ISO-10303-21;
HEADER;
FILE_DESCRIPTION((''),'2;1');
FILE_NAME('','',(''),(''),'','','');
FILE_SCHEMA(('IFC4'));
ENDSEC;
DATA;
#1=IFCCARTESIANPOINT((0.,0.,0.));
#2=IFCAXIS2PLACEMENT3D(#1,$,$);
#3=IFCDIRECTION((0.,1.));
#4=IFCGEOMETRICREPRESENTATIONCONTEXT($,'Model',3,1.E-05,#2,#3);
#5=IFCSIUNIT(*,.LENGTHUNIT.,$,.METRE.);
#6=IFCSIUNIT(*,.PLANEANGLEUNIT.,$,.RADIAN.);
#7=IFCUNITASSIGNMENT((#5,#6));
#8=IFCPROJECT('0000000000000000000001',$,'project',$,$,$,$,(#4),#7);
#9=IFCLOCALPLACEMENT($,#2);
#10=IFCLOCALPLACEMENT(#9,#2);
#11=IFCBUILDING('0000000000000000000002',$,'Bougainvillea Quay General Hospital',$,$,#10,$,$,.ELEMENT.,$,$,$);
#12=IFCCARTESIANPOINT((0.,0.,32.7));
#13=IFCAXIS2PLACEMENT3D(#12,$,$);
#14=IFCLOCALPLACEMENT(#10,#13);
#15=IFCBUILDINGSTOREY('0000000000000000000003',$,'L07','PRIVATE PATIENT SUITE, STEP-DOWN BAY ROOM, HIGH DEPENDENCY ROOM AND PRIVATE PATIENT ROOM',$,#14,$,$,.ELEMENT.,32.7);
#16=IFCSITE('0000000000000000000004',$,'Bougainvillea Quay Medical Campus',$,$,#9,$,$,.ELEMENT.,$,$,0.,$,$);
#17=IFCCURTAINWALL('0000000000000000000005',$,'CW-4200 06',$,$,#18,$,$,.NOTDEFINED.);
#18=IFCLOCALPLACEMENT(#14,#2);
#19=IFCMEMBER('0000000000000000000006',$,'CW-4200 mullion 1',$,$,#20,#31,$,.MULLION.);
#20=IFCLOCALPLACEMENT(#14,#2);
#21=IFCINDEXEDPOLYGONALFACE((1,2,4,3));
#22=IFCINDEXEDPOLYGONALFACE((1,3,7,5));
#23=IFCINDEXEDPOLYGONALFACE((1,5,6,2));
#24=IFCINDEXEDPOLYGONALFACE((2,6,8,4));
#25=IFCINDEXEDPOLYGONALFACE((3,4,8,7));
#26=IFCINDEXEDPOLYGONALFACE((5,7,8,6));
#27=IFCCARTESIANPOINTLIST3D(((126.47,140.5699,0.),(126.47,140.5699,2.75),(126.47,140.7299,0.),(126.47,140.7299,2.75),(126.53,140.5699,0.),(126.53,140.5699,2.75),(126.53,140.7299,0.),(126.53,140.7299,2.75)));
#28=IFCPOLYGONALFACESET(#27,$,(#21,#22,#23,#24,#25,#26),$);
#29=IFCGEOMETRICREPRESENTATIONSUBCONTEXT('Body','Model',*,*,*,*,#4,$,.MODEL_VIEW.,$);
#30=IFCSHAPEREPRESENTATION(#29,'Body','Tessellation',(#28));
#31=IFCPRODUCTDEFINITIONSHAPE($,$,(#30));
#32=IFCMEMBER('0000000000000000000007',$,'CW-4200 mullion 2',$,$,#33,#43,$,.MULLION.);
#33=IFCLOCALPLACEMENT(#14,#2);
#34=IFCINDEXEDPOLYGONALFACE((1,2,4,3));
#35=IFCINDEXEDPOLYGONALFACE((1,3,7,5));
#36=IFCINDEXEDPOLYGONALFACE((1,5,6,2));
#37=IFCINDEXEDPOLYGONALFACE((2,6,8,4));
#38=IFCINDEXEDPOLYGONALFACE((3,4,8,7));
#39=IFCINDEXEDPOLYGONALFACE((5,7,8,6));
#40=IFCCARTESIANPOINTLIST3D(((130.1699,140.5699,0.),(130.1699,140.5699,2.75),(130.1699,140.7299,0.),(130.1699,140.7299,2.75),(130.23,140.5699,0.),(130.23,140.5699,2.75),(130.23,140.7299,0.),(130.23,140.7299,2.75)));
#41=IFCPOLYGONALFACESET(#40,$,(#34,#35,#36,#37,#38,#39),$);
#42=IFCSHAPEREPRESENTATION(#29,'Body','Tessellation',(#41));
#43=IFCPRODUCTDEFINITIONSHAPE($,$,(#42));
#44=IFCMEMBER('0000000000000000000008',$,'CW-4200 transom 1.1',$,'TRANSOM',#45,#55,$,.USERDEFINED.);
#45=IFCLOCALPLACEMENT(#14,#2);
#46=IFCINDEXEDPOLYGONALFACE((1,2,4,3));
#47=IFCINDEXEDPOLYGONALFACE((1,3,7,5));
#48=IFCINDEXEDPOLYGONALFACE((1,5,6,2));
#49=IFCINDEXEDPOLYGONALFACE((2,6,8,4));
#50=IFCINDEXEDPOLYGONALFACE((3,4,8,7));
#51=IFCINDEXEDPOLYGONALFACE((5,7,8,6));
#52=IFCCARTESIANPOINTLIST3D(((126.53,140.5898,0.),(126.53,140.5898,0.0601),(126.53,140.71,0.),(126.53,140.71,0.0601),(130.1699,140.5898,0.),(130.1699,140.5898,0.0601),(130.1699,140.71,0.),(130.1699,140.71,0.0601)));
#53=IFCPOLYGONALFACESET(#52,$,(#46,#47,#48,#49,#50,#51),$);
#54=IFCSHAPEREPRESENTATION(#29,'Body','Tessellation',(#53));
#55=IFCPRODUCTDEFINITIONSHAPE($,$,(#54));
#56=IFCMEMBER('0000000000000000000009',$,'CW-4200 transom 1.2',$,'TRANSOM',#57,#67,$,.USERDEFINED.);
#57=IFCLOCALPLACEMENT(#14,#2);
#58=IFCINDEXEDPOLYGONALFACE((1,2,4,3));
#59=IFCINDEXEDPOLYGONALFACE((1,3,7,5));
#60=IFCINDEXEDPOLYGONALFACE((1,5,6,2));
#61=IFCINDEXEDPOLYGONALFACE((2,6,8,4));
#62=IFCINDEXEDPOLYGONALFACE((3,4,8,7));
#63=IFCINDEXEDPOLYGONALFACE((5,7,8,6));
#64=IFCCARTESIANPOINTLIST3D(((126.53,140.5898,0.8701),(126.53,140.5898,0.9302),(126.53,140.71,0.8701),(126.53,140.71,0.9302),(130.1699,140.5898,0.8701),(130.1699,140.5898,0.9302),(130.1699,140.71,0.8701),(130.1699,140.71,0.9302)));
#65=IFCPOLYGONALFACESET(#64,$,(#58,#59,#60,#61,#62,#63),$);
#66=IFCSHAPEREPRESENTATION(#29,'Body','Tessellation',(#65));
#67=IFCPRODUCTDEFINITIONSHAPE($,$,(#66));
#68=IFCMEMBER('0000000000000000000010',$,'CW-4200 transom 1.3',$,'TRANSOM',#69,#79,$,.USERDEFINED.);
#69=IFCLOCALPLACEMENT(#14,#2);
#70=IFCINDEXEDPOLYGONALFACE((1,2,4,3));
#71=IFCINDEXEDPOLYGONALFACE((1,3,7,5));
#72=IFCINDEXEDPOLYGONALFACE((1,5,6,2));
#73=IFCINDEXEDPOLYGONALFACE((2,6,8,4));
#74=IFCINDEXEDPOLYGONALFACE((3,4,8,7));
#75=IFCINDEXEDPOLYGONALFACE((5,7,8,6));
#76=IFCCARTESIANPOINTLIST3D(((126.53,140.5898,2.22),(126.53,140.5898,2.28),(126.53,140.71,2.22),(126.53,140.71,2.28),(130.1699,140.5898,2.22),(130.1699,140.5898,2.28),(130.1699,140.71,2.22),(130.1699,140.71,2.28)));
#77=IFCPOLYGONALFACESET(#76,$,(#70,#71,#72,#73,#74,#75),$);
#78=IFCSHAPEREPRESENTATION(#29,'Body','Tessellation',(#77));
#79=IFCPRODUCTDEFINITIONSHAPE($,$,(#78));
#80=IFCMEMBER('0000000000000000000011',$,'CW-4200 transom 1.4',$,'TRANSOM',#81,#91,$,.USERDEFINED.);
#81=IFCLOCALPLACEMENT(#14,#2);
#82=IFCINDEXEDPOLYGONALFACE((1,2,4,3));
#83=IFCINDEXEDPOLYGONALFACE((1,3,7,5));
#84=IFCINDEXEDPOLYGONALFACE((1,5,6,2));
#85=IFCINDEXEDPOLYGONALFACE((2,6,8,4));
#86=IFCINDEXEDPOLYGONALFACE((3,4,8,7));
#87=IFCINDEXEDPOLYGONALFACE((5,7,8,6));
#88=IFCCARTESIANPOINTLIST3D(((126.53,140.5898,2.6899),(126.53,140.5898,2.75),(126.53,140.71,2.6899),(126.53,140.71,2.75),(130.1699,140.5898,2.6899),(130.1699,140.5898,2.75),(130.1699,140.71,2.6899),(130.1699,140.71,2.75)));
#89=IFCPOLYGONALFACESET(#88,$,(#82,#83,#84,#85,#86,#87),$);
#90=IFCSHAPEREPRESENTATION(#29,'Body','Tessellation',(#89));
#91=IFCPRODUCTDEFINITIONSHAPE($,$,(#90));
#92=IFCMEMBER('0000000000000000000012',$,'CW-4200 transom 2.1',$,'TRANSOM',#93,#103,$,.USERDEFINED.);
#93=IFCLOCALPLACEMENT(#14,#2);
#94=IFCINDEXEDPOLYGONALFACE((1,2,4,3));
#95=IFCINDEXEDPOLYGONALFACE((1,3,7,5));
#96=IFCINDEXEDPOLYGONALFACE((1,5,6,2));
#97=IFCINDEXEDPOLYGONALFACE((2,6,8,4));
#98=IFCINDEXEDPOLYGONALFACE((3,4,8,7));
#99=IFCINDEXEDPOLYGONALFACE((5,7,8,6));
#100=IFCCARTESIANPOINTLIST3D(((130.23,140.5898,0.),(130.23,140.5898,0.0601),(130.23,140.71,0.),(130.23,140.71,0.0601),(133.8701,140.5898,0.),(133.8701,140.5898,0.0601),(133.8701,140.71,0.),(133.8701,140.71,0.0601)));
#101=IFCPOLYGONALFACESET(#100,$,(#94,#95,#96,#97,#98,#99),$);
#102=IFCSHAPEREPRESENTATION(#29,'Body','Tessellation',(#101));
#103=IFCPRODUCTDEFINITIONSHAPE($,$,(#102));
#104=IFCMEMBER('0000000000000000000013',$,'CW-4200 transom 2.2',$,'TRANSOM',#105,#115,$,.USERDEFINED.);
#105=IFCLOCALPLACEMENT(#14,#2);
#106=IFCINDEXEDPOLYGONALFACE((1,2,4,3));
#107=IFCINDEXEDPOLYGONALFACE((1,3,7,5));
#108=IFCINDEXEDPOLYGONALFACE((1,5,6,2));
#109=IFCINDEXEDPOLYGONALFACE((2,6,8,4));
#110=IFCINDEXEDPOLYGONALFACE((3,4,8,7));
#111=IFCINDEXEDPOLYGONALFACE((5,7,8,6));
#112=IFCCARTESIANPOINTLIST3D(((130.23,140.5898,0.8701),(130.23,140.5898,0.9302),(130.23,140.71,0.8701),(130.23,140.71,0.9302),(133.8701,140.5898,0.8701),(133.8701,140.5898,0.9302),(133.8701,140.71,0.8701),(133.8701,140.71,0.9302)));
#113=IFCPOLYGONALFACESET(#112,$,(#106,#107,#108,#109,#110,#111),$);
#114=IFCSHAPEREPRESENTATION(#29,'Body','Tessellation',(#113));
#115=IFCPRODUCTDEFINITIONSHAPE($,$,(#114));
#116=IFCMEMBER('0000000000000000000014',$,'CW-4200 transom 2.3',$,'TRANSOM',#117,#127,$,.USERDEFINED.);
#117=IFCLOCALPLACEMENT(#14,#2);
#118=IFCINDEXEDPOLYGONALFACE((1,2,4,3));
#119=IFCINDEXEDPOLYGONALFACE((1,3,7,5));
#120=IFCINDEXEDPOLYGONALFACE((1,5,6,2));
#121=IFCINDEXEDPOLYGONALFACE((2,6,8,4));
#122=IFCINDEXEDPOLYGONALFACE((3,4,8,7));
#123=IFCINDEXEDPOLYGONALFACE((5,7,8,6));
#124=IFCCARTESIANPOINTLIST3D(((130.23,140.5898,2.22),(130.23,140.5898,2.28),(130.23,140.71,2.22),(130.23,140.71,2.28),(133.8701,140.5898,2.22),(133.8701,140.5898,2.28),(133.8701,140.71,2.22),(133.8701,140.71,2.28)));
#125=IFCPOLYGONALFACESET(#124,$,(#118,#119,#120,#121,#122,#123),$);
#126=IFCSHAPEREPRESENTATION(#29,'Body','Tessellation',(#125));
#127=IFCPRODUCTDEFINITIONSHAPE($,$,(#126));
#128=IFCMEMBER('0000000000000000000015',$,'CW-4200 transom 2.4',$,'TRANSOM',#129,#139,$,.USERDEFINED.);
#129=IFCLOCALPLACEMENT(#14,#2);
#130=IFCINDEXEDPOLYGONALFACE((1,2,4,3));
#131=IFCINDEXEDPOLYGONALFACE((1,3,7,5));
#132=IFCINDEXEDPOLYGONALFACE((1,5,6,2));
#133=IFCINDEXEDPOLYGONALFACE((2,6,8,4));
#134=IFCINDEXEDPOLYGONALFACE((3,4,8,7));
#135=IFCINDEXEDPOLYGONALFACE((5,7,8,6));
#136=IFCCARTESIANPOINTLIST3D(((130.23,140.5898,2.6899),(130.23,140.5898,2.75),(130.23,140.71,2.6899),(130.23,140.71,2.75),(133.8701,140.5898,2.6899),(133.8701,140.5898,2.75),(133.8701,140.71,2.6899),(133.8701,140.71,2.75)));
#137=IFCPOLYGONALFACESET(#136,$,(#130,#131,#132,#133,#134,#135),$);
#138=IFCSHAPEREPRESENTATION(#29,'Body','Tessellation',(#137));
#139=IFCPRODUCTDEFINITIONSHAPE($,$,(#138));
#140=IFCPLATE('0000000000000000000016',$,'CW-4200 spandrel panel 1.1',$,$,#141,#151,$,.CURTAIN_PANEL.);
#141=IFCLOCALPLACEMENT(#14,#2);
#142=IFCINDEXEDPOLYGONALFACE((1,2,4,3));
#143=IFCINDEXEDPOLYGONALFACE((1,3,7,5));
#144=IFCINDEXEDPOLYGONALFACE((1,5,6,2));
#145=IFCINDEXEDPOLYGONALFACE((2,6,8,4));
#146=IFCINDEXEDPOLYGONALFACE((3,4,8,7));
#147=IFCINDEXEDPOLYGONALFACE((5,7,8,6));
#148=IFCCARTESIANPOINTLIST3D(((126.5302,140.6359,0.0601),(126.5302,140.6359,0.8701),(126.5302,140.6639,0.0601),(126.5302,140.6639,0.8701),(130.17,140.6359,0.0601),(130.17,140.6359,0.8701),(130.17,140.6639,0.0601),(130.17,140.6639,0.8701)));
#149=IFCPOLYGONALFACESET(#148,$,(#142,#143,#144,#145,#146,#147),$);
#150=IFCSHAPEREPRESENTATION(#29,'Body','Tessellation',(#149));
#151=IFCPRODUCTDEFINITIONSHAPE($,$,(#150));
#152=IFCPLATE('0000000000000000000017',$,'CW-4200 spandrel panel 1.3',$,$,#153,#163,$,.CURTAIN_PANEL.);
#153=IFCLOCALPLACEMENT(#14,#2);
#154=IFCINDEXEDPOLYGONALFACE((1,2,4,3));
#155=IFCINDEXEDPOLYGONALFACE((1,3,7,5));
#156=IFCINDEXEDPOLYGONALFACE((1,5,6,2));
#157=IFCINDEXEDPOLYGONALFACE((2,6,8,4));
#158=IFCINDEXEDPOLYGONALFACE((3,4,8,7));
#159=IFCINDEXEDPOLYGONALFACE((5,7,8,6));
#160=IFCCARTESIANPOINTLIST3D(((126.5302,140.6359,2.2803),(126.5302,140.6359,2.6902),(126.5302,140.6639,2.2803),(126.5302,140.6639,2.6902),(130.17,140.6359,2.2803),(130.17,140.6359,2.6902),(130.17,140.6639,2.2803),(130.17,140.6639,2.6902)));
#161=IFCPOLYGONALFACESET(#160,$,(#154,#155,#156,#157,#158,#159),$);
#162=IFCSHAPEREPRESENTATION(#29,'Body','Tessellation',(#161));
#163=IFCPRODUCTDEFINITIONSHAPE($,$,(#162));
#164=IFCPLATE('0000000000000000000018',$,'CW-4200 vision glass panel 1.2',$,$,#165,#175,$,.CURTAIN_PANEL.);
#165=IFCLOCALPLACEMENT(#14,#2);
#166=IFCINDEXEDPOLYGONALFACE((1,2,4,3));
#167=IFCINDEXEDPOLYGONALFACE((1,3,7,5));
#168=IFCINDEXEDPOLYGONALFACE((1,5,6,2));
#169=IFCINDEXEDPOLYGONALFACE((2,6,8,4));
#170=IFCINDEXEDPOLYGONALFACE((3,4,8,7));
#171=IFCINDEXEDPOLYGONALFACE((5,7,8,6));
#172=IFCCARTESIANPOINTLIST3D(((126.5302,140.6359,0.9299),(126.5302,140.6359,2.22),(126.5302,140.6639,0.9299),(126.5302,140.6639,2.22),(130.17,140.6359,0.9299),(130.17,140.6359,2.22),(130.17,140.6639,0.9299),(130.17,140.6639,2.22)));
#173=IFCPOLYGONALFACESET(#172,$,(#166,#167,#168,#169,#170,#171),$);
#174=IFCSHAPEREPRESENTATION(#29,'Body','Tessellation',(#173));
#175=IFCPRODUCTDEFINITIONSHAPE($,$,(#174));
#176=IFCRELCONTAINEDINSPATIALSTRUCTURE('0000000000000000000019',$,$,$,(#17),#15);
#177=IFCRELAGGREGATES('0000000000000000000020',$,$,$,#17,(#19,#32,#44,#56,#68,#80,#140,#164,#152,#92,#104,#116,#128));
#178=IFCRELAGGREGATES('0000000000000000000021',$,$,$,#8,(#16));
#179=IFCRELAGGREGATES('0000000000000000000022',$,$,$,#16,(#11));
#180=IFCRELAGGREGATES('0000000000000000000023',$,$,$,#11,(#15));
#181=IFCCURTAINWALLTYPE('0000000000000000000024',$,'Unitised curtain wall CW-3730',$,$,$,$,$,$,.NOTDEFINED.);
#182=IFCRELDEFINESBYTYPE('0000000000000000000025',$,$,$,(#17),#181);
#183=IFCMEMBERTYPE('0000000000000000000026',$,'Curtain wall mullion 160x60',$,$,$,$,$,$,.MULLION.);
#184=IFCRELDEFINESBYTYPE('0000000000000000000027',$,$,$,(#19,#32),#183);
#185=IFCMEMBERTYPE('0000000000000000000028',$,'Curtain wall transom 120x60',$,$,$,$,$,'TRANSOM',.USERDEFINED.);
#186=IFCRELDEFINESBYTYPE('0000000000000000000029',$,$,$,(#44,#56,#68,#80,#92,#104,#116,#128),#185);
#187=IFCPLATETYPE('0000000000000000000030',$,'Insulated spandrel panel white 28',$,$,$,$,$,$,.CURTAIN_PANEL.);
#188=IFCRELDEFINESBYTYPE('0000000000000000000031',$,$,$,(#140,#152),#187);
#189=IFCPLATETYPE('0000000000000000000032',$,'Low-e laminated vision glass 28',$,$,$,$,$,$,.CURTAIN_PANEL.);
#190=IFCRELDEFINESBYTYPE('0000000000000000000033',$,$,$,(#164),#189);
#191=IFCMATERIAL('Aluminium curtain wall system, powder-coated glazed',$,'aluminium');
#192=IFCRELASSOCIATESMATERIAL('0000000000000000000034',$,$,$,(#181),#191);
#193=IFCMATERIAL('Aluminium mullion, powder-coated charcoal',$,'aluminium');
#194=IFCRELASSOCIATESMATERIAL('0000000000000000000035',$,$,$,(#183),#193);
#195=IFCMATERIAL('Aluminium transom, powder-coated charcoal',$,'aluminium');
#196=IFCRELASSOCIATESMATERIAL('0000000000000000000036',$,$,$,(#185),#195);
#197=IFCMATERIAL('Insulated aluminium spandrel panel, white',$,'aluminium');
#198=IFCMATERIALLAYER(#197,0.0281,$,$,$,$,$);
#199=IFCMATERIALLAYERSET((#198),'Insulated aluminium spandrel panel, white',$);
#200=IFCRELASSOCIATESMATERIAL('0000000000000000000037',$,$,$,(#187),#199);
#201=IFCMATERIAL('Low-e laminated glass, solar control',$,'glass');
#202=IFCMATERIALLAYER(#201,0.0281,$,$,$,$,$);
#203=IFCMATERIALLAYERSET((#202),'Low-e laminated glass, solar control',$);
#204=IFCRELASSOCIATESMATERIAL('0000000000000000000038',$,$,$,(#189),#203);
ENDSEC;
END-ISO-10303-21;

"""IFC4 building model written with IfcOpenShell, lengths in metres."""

from ifc_helpers import new_model, si_unit, direction, frame, origin, origin_2d, place, context, subcontext, project, spatial, rectangle, extrude, material, layer, layer_set, material_profile, profile_set, type_object, element, aggregate, save


model = new_model("IFC4")

# Units and contexts
model_context = context("Model", 3, precision=1e-05, world=origin(), true_north=direction((0.0, 1.0)))
body_context = subcontext(model_context, "Body", "Model", "MODEL_VIEW")
ifc_project = project(units=[si_unit("LENGTHUNIT", "METRE"), si_unit("PLANEANGLEUNIT", "RADIAN")], contexts=[model_context])

# Site, building, storey
site_placement = place(None, origin())
site = spatial("IfcSite", under=ifc_project, at=site_placement, Name="Bougainvillea Quay Medical Campus", CompositionType="ELEMENT", RefElevation=0.0)
building_placement = place(site_placement, origin())
building = spatial("IfcBuilding", under=site, at=building_placement, Name="Bougainvillea Quay General Hospital", CompositionType="ELEMENT")
storey_placement = place(building_placement, frame((0.0, 0.0, 32.7)))
storey = spatial("IfcBuildingStorey", under=building, at=storey_placement, Name="L07", Description="PRIVATE PATIENT SUITE, STEP-DOWN BAY ROOM, HIGH DEPENDENCY ROOM AND PRIVATE PATIENT ROOM", CompositionType="ELEMENT", Elevation=32.7)

# Curtain wall, members, plates
ifc_material_1 = material(Name="Aluminium curtain wall system, powder-coated glazed", Category="aluminium")
curtain_wall_type = type_object("IfcCurtainWallType", Name="Unitised curtain wall CW-3730", PredefinedType="NOTDEFINED", material=ifc_material_1)
curtain_wall_placement = place(storey_placement, origin())
curtain_wall = element("IfcCurtainWall", 1, at=curtain_wall_placement, inside=storey, type_object=curtain_wall_type, Name="CW-4200 06", PredefinedType="NOTDEFINED")
ifc_material_2 = material(Name="Aluminium mullion, powder-coated charcoal", Category="aluminium")
ifc_material_profile_1 = material_profile(ifc_material_2, rectangle(XDim=0.1599, YDim=0.0601, at=origin_2d()))
ifc_profile_set_1 = profile_set([ifc_material_profile_1], Name="Aluminium mullion, powder-coated charcoal")
member_type_1 = type_object("IfcMemberType", Name="Curtain wall mullion 160x60", PredefinedType="MULLION", material=ifc_profile_set_1)
member_1_placement = place(storey_placement, frame((126.5, 140.6499, 0.0), z_axis=(0.0, 0.0, 1.0), x_axis=(0.0, 1.0, 0.0)))
member_1 = element("IfcMember", 2, at=member_1_placement, type_object=member_type_1, Name="CW-4200 mullion 1", PredefinedType="MULLION", context=body_context, shape_type="SweptSolid", body=[
    extrude(rectangle(XDim=0.1599, YDim=0.0601, at=origin_2d()), origin(), (0.0, 0.0, 1.0), 2.75),
])
member_2_placement = place(storey_placement, frame((130.2, 140.6499, 0.0), z_axis=(0.0, 0.0, 1.0), x_axis=(0.0, 1.0, 0.0)))
member_2 = element("IfcMember", 3, at=member_2_placement, type_object=member_type_1, Name="CW-4200 mullion 2", PredefinedType="MULLION", context=body_context, shape_type="SweptSolid", body=[
    extrude(rectangle(XDim=0.1599, YDim=0.0601, at=origin_2d()), origin(), (0.0, 0.0, 1.0), 2.75),
])
ifc_material_3 = material(Name="Aluminium transom, powder-coated charcoal", Category="aluminium")
ifc_material_profile_2 = material_profile(ifc_material_3, rectangle(XDim=0.1201, YDim=0.0601, at=origin_2d()))
ifc_profile_set_2 = profile_set([ifc_material_profile_2], Name="Aluminium transom, powder-coated charcoal")
member_type_2 = type_object("IfcMemberType", Name="Curtain wall transom 120x60", ElementType="TRANSOM", PredefinedType="USERDEFINED", material=ifc_profile_set_2)
member_3_placement = place(storey_placement, frame((126.53, 140.6499, 0.03), z_axis=(1.0, 0.0, 0.0), x_axis=(0.0, 1.0, 0.0)))
member_3 = element("IfcMember", 4, at=member_3_placement, type_object=member_type_2, Name="CW-4200 transom 1.1", ObjectType="TRANSOM", PredefinedType="USERDEFINED", context=body_context, shape_type="SweptSolid", body=[
    extrude(rectangle(XDim=0.1201, YDim=0.0601, at=origin_2d()), origin(), (0.0, 0.0, 1.0), 3.6399),
])
member_4_placement = place(storey_placement, frame((126.53, 140.6499, 0.9001), z_axis=(1.0, 0.0, 0.0), x_axis=(0.0, 1.0, 0.0)))
member_4 = element("IfcMember", 5, at=member_4_placement, type_object=member_type_2, Name="CW-4200 transom 1.2", ObjectType="TRANSOM", PredefinedType="USERDEFINED", context=body_context, shape_type="SweptSolid", body=[
    extrude(rectangle(XDim=0.1201, YDim=0.0601, at=origin_2d()), origin(), (0.0, 0.0, 1.0), 3.6399),
])
member_5_placement = place(storey_placement, frame((126.53, 140.6499, 2.25), z_axis=(1.0, 0.0, 0.0), x_axis=(0.0, 1.0, 0.0)))
member_5 = element("IfcMember", 6, at=member_5_placement, type_object=member_type_2, Name="CW-4200 transom 1.3", ObjectType="TRANSOM", PredefinedType="USERDEFINED", context=body_context, shape_type="SweptSolid", body=[
    extrude(rectangle(XDim=0.1201, YDim=0.0601, at=origin_2d()), origin(), (0.0, 0.0, 1.0), 3.6399),
])
member_6_placement = place(storey_placement, frame((126.53, 140.6499, 2.72), z_axis=(1.0, 0.0, 0.0), x_axis=(0.0, 1.0, 0.0)))
member_6 = element("IfcMember", 7, at=member_6_placement, type_object=member_type_2, Name="CW-4200 transom 1.4", ObjectType="TRANSOM", PredefinedType="USERDEFINED", context=body_context, shape_type="SweptSolid", body=[
    extrude(rectangle(XDim=0.1201, YDim=0.0601, at=origin_2d()), origin(), (0.0, 0.0, 1.0), 3.6399),
])
member_7_placement = place(storey_placement, frame((130.23, 140.6499, 0.03), z_axis=(1.0, 0.0, 0.0), x_axis=(0.0, 1.0, 0.0)))
member_7 = element("IfcMember", 8, at=member_7_placement, type_object=member_type_2, Name="CW-4200 transom 2.1", ObjectType="TRANSOM", PredefinedType="USERDEFINED", context=body_context, shape_type="SweptSolid", body=[
    extrude(rectangle(XDim=0.1201, YDim=0.0601, at=origin_2d()), origin(), (0.0, 0.0, 1.0), 3.6401),
])
member_8_placement = place(storey_placement, frame((130.23, 140.6499, 0.9001), z_axis=(1.0, 0.0, 0.0), x_axis=(0.0, 1.0, 0.0)))
member_8 = element("IfcMember", 9, at=member_8_placement, type_object=member_type_2, Name="CW-4200 transom 2.2", ObjectType="TRANSOM", PredefinedType="USERDEFINED", context=body_context, shape_type="SweptSolid", body=[
    extrude(rectangle(XDim=0.1201, YDim=0.0601, at=origin_2d()), origin(), (0.0, 0.0, 1.0), 3.6401),
])
member_9_placement = place(storey_placement, frame((130.23, 140.6499, 2.25), z_axis=(1.0, 0.0, 0.0), x_axis=(0.0, 1.0, 0.0)))
member_9 = element("IfcMember", 10, at=member_9_placement, type_object=member_type_2, Name="CW-4200 transom 2.3", ObjectType="TRANSOM", PredefinedType="USERDEFINED", context=body_context, shape_type="SweptSolid", body=[
    extrude(rectangle(XDim=0.1201, YDim=0.0601, at=origin_2d()), origin(), (0.0, 0.0, 1.0), 3.6401),
])
member_10_placement = place(storey_placement, frame((130.23, 140.6499, 2.72), z_axis=(1.0, 0.0, 0.0), x_axis=(0.0, 1.0, 0.0)))
member_10 = element("IfcMember", 11, at=member_10_placement, type_object=member_type_2, Name="CW-4200 transom 2.4", ObjectType="TRANSOM", PredefinedType="USERDEFINED", context=body_context, shape_type="SweptSolid", body=[
    extrude(rectangle(XDim=0.1201, YDim=0.0601, at=origin_2d()), origin(), (0.0, 0.0, 1.0), 3.6401),
])
ifc_material_4 = material(Name="Insulated aluminium spandrel panel, white", Category="aluminium")
ifc_layer_1 = layer(ifc_material_4, 0.0281)
ifc_layer_set_1 = layer_set([ifc_layer_1], Name="Insulated aluminium spandrel panel, white")
plate_type_1 = type_object("IfcPlateType", Name="Insulated spandrel panel white 28", PredefinedType="CURTAIN_PANEL", material=ifc_layer_set_1)
plate_1_placement = place(storey_placement, frame((128.3501, 140.6499, 0.0601), z_axis=(0.0, 0.0, 1.0), x_axis=(1.0, 0.0, 0.0)))
plate_1 = element("IfcPlate", 12, at=plate_1_placement, type_object=plate_type_1, Name="CW-4200 spandrel panel 1.1", PredefinedType="CURTAIN_PANEL", context=body_context, shape_type="SweptSolid", body=[
    extrude(rectangle(XDim=3.6399, YDim=0.0281, at=origin_2d()), origin(), (0.0, 0.0, 1.0), 0.8101),
])
plate_2_placement = place(storey_placement, frame((128.3501, 140.6499, 2.2803), z_axis=(0.0, 0.0, 1.0), x_axis=(1.0, 0.0, 0.0)))
plate_2 = element("IfcPlate", 13, at=plate_2_placement, type_object=plate_type_1, Name="CW-4200 spandrel panel 1.3", PredefinedType="CURTAIN_PANEL", context=body_context, shape_type="SweptSolid", body=[
    extrude(rectangle(XDim=3.6399, YDim=0.0281, at=origin_2d()), origin(), (0.0, 0.0, 1.0), 0.4099),
])
ifc_material_5 = material(Name="Low-e laminated glass, solar control", Category="glass")
ifc_layer_2 = layer(ifc_material_5, 0.0281)
ifc_layer_set_2 = layer_set([ifc_layer_2], Name="Low-e laminated glass, solar control")
plate_type_2 = type_object("IfcPlateType", Name="Low-e laminated vision glass 28", PredefinedType="CURTAIN_PANEL", material=ifc_layer_set_2)
plate_3_placement = place(storey_placement, frame((128.3501, 140.6499, 0.9299), z_axis=(0.0, 0.0, 1.0), x_axis=(1.0, 0.0, 0.0)))
plate_3 = element("IfcPlate", 14, at=plate_3_placement, type_object=plate_type_2, Name="CW-4200 vision glass panel 1.2", PredefinedType="CURTAIN_PANEL", context=body_context, shape_type="SweptSolid", body=[
    extrude(rectangle(XDim=3.6399, YDim=0.0281, at=origin_2d()), origin(), (0.0, 0.0, 1.0), 1.29),
])
aggregate(curtain_wall, [member_1, member_2, member_3, member_4, member_5, member_6, plate_1, plate_3, plate_2, member_7, member_8, member_9, member_10])

save(model, "model.ifc")
